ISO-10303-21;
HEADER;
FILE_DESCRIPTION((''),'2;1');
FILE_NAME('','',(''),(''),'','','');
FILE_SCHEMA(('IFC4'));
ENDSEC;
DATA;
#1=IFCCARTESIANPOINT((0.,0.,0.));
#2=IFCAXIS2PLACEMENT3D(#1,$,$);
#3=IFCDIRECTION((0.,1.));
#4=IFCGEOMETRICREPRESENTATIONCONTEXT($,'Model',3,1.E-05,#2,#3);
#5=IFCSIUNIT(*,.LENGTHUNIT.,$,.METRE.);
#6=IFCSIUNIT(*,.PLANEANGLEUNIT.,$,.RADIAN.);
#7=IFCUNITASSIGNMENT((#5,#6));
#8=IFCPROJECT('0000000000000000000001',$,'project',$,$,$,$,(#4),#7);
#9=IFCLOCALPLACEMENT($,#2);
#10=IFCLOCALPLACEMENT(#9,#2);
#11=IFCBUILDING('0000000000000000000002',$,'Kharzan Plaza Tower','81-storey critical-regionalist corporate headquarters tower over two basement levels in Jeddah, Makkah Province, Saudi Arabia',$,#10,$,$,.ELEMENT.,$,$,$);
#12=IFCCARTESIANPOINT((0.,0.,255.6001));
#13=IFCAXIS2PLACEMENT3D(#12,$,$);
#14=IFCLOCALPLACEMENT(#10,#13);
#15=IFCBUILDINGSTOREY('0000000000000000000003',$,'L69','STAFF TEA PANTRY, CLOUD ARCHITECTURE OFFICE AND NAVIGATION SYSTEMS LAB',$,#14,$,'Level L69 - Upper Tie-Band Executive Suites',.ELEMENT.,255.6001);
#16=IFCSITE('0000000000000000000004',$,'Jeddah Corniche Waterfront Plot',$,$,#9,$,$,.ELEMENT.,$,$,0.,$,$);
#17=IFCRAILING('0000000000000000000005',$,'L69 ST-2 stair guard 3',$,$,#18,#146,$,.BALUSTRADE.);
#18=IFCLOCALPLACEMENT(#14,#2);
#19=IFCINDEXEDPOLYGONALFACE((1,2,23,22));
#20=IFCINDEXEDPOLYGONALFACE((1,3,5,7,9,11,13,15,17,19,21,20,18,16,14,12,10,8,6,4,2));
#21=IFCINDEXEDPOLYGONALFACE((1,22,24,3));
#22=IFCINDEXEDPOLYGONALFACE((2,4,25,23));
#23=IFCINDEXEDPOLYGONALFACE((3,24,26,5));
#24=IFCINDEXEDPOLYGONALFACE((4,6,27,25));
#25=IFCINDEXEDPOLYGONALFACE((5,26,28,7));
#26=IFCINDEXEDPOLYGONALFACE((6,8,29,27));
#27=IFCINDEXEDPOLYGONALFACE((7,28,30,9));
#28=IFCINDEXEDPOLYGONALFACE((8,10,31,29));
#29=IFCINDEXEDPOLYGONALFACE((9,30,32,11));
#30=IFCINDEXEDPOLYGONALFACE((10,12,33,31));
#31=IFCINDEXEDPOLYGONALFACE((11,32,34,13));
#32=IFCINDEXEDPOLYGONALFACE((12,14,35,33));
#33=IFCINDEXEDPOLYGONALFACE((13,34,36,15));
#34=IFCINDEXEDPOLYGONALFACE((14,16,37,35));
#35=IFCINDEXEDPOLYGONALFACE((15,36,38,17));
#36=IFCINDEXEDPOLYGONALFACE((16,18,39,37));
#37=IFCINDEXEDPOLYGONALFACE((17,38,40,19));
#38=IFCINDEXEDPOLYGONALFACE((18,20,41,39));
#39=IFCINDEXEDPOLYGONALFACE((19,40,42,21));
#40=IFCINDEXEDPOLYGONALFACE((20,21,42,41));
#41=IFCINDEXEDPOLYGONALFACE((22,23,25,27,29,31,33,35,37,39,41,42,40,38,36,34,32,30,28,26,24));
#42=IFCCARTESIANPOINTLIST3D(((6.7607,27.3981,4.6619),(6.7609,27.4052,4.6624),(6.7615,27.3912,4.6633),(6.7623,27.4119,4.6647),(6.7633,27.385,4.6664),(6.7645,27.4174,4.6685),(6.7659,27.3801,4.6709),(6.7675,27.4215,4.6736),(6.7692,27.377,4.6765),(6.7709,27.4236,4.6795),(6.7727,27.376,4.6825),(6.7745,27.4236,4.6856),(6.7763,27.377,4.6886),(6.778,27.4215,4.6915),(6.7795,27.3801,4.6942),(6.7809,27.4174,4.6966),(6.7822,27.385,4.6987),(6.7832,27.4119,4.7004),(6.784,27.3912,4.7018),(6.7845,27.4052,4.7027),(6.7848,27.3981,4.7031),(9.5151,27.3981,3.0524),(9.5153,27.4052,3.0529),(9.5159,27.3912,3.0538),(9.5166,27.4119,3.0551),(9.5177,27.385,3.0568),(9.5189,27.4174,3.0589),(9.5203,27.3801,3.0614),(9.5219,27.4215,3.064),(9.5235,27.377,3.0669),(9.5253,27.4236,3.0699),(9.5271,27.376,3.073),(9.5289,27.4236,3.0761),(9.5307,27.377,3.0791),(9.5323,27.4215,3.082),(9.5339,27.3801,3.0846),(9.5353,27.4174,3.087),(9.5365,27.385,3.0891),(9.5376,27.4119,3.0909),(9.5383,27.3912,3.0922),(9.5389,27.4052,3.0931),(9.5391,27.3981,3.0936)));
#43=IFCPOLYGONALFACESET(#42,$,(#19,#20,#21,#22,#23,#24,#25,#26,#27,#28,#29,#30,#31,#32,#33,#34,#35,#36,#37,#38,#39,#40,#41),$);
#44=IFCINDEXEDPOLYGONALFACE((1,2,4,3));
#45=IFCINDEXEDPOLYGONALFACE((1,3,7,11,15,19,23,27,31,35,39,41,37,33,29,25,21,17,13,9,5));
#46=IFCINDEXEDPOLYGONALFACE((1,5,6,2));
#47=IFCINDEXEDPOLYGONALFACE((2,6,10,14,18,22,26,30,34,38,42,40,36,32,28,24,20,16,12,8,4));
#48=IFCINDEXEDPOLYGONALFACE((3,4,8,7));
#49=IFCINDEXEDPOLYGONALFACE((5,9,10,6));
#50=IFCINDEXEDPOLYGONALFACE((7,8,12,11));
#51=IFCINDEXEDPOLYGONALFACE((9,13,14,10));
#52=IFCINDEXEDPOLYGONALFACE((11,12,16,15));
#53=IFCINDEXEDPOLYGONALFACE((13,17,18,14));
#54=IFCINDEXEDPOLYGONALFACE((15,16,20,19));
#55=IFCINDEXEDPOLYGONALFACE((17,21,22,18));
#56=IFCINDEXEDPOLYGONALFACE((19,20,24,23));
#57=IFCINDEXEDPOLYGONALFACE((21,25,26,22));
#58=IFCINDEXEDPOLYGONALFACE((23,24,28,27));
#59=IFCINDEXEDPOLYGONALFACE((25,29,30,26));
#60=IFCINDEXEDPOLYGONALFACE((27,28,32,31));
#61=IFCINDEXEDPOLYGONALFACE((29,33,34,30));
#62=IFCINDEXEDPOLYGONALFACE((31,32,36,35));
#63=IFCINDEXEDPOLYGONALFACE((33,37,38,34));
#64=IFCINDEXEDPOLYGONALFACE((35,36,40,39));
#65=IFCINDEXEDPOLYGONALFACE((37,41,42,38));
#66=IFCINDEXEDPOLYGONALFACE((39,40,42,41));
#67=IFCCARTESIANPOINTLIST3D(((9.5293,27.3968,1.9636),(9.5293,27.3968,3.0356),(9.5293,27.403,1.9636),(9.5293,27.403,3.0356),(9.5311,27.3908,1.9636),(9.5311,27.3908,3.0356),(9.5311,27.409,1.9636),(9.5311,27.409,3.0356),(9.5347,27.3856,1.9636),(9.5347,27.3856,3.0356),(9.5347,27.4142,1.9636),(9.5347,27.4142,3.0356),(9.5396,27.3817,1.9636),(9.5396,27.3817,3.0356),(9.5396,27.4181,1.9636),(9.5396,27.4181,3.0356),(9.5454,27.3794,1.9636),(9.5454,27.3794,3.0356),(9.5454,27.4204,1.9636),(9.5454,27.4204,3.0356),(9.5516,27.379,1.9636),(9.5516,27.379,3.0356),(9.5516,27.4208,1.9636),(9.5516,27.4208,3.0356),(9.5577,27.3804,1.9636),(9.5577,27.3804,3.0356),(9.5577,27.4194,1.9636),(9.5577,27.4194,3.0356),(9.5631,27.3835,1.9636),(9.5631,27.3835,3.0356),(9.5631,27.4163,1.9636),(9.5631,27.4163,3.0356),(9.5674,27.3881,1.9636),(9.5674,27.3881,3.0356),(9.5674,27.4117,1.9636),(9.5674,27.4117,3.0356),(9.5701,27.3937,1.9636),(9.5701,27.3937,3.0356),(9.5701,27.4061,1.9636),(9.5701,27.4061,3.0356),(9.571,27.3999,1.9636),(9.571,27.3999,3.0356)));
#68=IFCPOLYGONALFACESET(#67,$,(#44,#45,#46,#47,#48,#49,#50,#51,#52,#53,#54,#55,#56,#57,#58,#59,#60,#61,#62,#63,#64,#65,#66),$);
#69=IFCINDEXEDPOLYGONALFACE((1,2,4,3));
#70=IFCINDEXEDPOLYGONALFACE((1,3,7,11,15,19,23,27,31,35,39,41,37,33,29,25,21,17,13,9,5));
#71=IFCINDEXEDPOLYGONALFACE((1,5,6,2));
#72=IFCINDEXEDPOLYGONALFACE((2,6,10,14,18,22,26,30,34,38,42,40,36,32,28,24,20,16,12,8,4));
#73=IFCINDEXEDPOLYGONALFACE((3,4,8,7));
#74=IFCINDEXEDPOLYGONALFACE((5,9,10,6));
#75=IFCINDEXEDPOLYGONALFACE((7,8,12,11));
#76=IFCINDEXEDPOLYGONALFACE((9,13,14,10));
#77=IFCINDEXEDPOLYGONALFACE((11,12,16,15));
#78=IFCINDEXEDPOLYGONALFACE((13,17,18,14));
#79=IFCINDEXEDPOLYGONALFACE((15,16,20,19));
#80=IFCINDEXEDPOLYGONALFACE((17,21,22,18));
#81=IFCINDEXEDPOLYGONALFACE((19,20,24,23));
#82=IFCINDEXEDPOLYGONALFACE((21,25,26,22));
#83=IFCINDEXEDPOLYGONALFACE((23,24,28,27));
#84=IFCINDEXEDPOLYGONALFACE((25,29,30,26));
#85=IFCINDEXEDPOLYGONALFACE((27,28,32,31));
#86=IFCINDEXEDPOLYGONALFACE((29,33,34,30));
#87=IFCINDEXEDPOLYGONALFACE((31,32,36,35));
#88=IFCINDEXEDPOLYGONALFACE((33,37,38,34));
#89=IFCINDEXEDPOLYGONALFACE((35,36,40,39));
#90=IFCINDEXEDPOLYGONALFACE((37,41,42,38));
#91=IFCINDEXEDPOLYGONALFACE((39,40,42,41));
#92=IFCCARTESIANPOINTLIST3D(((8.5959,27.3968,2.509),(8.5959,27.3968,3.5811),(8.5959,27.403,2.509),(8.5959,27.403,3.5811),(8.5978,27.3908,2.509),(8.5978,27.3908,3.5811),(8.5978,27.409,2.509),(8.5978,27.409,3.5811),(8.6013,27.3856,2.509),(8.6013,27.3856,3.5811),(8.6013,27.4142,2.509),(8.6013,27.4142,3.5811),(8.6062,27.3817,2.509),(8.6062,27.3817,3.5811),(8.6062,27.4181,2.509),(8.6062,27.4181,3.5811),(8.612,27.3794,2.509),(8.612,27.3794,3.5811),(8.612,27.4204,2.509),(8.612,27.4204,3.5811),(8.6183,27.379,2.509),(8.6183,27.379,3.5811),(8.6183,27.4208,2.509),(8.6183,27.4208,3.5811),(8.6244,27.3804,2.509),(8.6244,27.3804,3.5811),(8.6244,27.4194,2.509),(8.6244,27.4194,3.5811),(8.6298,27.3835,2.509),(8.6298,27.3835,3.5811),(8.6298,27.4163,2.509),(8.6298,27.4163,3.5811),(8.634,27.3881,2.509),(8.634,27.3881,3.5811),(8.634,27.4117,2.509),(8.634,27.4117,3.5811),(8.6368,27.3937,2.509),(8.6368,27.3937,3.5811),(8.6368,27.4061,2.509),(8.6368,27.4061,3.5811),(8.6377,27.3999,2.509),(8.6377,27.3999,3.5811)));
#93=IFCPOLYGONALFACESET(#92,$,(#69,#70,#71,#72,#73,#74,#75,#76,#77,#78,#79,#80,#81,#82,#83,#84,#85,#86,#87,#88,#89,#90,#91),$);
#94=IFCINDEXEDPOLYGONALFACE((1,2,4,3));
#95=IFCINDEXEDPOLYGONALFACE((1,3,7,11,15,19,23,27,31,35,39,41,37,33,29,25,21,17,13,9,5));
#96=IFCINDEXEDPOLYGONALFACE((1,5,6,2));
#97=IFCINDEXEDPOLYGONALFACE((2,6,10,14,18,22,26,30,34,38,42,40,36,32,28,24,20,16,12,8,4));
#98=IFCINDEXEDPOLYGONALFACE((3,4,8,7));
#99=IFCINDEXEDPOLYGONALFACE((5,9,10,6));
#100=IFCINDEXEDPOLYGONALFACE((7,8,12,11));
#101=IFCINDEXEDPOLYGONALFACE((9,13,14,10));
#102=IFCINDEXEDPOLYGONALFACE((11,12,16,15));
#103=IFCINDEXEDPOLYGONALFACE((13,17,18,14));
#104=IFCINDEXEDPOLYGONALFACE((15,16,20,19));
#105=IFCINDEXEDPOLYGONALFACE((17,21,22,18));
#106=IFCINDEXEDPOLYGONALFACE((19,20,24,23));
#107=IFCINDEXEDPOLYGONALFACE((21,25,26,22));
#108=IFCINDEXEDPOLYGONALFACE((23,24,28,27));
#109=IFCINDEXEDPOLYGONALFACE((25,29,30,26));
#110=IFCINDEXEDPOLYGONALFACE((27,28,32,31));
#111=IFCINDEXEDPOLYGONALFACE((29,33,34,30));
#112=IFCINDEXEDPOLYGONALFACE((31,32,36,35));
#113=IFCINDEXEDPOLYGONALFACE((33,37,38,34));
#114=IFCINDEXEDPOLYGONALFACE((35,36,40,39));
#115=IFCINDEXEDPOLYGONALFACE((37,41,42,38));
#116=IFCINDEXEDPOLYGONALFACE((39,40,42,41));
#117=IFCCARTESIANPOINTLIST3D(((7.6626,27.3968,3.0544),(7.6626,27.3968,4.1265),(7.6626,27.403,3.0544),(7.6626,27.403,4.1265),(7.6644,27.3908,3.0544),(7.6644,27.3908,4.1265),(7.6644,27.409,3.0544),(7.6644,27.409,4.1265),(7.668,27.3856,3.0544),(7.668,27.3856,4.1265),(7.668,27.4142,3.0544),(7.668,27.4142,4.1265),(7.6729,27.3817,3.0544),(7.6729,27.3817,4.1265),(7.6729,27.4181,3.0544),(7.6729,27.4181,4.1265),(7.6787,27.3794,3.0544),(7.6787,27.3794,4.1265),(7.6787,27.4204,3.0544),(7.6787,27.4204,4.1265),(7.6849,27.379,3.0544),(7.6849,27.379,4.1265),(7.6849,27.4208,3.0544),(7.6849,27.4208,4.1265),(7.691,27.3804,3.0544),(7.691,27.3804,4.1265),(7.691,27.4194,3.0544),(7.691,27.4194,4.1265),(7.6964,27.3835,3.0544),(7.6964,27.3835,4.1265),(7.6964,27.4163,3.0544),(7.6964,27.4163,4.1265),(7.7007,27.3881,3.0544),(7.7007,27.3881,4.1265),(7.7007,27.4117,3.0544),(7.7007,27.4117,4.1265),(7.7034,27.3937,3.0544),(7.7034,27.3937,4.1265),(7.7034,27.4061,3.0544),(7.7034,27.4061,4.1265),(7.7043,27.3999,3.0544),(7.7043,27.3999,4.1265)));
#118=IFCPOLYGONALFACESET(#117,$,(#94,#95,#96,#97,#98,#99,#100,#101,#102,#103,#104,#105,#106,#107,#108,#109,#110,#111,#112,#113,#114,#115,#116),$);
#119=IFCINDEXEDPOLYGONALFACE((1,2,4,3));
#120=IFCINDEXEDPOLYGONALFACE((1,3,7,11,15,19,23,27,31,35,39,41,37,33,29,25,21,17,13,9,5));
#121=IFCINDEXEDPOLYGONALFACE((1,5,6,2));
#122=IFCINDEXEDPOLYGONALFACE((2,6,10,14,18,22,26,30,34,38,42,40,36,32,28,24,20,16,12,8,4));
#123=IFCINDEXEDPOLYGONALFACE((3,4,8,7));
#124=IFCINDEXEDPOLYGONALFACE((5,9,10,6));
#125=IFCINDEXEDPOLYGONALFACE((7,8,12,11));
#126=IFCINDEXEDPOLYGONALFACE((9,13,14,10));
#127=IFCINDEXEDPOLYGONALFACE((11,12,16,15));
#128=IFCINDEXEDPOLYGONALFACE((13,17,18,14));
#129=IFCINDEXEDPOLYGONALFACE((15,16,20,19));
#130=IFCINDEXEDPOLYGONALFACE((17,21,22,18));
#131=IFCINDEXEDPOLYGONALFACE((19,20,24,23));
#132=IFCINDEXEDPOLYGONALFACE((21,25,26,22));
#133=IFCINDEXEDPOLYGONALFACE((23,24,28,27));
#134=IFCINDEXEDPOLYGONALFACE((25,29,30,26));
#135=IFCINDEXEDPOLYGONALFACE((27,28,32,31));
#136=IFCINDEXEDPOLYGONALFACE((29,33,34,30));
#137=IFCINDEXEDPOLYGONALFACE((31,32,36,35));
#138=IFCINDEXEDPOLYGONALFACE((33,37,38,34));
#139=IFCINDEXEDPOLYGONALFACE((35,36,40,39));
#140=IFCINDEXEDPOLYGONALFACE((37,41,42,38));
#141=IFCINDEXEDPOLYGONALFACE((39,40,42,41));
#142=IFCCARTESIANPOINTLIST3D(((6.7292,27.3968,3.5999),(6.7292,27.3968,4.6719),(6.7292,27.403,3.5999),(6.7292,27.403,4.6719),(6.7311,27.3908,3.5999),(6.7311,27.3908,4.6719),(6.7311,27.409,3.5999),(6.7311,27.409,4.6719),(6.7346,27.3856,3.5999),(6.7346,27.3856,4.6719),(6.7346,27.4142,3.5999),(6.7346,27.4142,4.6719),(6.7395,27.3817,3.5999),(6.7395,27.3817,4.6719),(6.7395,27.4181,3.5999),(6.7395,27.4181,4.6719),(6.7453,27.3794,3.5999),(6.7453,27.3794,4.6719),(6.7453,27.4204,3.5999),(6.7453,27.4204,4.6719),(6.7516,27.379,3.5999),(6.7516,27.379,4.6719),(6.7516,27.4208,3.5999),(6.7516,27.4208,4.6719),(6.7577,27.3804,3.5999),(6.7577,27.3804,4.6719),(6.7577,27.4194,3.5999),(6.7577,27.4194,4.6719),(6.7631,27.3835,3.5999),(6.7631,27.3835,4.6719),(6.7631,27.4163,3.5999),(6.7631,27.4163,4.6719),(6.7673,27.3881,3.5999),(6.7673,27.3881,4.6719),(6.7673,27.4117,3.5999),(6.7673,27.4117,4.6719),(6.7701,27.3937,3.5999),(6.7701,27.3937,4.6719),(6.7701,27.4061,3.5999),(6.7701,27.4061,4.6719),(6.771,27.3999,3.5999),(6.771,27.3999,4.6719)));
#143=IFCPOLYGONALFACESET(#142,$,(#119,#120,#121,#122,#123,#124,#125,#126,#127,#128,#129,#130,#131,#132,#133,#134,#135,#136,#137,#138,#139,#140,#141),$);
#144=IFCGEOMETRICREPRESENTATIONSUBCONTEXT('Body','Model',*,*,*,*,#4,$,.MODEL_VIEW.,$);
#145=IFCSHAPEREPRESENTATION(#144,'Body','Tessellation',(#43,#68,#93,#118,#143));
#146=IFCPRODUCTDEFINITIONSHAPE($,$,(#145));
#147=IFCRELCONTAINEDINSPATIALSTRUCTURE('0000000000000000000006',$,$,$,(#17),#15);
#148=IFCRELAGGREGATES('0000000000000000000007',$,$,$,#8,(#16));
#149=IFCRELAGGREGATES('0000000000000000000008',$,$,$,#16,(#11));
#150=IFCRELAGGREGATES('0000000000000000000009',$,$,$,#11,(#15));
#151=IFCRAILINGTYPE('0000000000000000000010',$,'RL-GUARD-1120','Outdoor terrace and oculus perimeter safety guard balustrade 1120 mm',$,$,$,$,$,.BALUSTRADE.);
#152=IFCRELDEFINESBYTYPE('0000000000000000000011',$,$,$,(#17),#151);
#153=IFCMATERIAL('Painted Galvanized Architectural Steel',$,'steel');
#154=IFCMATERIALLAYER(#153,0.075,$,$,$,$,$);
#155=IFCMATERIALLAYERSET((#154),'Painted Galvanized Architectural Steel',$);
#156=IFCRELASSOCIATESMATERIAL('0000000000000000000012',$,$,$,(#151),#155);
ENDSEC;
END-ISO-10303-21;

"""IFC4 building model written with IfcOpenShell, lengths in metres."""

from ifc_helpers import new_model, si_unit, direction, frame, origin, origin_2d, place, context, subcontext, project, spatial, circle, extrude, source, transform, mapped, material, layer, layer_set, type_object, element, save


model = new_model("IFC4")

# Units and contexts
model_context = context("Model", 3, precision=1e-05, world=origin(), true_north=direction((0.0, 1.0)))
body_context = subcontext(model_context, "Body", "Model", "MODEL_VIEW")
ifc_project = project(units=[si_unit("LENGTHUNIT", "METRE"), si_unit("PLANEANGLEUNIT", "RADIAN")], contexts=[model_context])

# Site, building, storey
site_placement = place(None, origin())
site = spatial("IfcSite", under=ifc_project, at=site_placement, Name="Jeddah Corniche Waterfront Plot", CompositionType="ELEMENT", RefElevation=0.0)
building_placement = place(site_placement, origin())
building = spatial("IfcBuilding", under=site, at=building_placement, Name="Kharzan Plaza Tower", Description="81-storey critical-regionalist corporate headquarters tower over two basement levels in Jeddah, Makkah Province, Saudi Arabia", CompositionType="ELEMENT")
storey_placement = place(building_placement, frame((0.0, 0.0, 255.6001)))
storey = spatial("IfcBuildingStorey", under=building, at=storey_placement, Name="L69", Description="STAFF TEA PANTRY, CLOUD ARCHITECTURE OFFICE AND NAVIGATION SYSTEMS LAB", LongName="Level L69 - Upper Tie-Band Executive Suites", CompositionType="ELEMENT", Elevation=255.6001)

# Railing
ifc_material_1 = material(Name="Painted Galvanized Architectural Steel", Category="steel")
ifc_layer_1 = layer(ifc_material_1, 0.075)
ifc_layer_set_1 = layer_set([ifc_layer_1], Name="Painted Galvanized Architectural Steel")
railing_type_1 = type_object("IfcRailingType", Name="RL-GUARD-1120", Description="Outdoor terrace and oculus perimeter safety guard balustrade 1120 mm", PredefinedType="BALUSTRADE", material=ifc_layer_set_1)
shared_shape_1 = source(origin(), body_context, "Body", "SweptSolid", [
    extrude(circle(Radius=0.0239, at=origin_2d()), frame((-0.0229, 0.0, 1.1094), z_axis=(-0.863394, 0.0, 0.504531), x_axis=(0.0, -1.0, 0.0)), (0.0, 0.0, 1.0), 3.1902),
    extrude(circle(Radius=0.021, at=origin_2d()), origin(), (0.0, 0.0, 1.0), 1.072),
    extrude(circle(Radius=0.021, at=origin_2d()), frame((-0.9333, 0.0, 0.5454)), (0.0, 0.0, 1.0), 1.072),
    extrude(circle(Radius=0.021, at=origin_2d()), frame((-1.8667, 0.0, 1.0908)), (0.0, 0.0, 1.0), 1.072),
    extrude(circle(Radius=0.021, at=origin_2d()), frame((-2.8, 0.0, 1.6362)), (0.0, 0.0, 1.0), 1.072),
])
railing_1_placement = place(storey_placement, frame((9.55, 27.3999, 1.9636)))
element("IfcRailing", 1, at=railing_1_placement, inside=storey, type_object=railing_type_1, Name="L69 ST-2 stair guard 3", PredefinedType="BALUSTRADE", context=body_context, shape_type="MappedRepresentation", body=[
    mapped(shared_shape_1, transform((0.0, 0.0, 0.0), x_axis=(1.0, 0.0, 0.0), y_axis=(0.0, 1.0, 0.0), z_axis=(0.0, 0.0, 1.0))),
])

save(model, "model.ifc")
